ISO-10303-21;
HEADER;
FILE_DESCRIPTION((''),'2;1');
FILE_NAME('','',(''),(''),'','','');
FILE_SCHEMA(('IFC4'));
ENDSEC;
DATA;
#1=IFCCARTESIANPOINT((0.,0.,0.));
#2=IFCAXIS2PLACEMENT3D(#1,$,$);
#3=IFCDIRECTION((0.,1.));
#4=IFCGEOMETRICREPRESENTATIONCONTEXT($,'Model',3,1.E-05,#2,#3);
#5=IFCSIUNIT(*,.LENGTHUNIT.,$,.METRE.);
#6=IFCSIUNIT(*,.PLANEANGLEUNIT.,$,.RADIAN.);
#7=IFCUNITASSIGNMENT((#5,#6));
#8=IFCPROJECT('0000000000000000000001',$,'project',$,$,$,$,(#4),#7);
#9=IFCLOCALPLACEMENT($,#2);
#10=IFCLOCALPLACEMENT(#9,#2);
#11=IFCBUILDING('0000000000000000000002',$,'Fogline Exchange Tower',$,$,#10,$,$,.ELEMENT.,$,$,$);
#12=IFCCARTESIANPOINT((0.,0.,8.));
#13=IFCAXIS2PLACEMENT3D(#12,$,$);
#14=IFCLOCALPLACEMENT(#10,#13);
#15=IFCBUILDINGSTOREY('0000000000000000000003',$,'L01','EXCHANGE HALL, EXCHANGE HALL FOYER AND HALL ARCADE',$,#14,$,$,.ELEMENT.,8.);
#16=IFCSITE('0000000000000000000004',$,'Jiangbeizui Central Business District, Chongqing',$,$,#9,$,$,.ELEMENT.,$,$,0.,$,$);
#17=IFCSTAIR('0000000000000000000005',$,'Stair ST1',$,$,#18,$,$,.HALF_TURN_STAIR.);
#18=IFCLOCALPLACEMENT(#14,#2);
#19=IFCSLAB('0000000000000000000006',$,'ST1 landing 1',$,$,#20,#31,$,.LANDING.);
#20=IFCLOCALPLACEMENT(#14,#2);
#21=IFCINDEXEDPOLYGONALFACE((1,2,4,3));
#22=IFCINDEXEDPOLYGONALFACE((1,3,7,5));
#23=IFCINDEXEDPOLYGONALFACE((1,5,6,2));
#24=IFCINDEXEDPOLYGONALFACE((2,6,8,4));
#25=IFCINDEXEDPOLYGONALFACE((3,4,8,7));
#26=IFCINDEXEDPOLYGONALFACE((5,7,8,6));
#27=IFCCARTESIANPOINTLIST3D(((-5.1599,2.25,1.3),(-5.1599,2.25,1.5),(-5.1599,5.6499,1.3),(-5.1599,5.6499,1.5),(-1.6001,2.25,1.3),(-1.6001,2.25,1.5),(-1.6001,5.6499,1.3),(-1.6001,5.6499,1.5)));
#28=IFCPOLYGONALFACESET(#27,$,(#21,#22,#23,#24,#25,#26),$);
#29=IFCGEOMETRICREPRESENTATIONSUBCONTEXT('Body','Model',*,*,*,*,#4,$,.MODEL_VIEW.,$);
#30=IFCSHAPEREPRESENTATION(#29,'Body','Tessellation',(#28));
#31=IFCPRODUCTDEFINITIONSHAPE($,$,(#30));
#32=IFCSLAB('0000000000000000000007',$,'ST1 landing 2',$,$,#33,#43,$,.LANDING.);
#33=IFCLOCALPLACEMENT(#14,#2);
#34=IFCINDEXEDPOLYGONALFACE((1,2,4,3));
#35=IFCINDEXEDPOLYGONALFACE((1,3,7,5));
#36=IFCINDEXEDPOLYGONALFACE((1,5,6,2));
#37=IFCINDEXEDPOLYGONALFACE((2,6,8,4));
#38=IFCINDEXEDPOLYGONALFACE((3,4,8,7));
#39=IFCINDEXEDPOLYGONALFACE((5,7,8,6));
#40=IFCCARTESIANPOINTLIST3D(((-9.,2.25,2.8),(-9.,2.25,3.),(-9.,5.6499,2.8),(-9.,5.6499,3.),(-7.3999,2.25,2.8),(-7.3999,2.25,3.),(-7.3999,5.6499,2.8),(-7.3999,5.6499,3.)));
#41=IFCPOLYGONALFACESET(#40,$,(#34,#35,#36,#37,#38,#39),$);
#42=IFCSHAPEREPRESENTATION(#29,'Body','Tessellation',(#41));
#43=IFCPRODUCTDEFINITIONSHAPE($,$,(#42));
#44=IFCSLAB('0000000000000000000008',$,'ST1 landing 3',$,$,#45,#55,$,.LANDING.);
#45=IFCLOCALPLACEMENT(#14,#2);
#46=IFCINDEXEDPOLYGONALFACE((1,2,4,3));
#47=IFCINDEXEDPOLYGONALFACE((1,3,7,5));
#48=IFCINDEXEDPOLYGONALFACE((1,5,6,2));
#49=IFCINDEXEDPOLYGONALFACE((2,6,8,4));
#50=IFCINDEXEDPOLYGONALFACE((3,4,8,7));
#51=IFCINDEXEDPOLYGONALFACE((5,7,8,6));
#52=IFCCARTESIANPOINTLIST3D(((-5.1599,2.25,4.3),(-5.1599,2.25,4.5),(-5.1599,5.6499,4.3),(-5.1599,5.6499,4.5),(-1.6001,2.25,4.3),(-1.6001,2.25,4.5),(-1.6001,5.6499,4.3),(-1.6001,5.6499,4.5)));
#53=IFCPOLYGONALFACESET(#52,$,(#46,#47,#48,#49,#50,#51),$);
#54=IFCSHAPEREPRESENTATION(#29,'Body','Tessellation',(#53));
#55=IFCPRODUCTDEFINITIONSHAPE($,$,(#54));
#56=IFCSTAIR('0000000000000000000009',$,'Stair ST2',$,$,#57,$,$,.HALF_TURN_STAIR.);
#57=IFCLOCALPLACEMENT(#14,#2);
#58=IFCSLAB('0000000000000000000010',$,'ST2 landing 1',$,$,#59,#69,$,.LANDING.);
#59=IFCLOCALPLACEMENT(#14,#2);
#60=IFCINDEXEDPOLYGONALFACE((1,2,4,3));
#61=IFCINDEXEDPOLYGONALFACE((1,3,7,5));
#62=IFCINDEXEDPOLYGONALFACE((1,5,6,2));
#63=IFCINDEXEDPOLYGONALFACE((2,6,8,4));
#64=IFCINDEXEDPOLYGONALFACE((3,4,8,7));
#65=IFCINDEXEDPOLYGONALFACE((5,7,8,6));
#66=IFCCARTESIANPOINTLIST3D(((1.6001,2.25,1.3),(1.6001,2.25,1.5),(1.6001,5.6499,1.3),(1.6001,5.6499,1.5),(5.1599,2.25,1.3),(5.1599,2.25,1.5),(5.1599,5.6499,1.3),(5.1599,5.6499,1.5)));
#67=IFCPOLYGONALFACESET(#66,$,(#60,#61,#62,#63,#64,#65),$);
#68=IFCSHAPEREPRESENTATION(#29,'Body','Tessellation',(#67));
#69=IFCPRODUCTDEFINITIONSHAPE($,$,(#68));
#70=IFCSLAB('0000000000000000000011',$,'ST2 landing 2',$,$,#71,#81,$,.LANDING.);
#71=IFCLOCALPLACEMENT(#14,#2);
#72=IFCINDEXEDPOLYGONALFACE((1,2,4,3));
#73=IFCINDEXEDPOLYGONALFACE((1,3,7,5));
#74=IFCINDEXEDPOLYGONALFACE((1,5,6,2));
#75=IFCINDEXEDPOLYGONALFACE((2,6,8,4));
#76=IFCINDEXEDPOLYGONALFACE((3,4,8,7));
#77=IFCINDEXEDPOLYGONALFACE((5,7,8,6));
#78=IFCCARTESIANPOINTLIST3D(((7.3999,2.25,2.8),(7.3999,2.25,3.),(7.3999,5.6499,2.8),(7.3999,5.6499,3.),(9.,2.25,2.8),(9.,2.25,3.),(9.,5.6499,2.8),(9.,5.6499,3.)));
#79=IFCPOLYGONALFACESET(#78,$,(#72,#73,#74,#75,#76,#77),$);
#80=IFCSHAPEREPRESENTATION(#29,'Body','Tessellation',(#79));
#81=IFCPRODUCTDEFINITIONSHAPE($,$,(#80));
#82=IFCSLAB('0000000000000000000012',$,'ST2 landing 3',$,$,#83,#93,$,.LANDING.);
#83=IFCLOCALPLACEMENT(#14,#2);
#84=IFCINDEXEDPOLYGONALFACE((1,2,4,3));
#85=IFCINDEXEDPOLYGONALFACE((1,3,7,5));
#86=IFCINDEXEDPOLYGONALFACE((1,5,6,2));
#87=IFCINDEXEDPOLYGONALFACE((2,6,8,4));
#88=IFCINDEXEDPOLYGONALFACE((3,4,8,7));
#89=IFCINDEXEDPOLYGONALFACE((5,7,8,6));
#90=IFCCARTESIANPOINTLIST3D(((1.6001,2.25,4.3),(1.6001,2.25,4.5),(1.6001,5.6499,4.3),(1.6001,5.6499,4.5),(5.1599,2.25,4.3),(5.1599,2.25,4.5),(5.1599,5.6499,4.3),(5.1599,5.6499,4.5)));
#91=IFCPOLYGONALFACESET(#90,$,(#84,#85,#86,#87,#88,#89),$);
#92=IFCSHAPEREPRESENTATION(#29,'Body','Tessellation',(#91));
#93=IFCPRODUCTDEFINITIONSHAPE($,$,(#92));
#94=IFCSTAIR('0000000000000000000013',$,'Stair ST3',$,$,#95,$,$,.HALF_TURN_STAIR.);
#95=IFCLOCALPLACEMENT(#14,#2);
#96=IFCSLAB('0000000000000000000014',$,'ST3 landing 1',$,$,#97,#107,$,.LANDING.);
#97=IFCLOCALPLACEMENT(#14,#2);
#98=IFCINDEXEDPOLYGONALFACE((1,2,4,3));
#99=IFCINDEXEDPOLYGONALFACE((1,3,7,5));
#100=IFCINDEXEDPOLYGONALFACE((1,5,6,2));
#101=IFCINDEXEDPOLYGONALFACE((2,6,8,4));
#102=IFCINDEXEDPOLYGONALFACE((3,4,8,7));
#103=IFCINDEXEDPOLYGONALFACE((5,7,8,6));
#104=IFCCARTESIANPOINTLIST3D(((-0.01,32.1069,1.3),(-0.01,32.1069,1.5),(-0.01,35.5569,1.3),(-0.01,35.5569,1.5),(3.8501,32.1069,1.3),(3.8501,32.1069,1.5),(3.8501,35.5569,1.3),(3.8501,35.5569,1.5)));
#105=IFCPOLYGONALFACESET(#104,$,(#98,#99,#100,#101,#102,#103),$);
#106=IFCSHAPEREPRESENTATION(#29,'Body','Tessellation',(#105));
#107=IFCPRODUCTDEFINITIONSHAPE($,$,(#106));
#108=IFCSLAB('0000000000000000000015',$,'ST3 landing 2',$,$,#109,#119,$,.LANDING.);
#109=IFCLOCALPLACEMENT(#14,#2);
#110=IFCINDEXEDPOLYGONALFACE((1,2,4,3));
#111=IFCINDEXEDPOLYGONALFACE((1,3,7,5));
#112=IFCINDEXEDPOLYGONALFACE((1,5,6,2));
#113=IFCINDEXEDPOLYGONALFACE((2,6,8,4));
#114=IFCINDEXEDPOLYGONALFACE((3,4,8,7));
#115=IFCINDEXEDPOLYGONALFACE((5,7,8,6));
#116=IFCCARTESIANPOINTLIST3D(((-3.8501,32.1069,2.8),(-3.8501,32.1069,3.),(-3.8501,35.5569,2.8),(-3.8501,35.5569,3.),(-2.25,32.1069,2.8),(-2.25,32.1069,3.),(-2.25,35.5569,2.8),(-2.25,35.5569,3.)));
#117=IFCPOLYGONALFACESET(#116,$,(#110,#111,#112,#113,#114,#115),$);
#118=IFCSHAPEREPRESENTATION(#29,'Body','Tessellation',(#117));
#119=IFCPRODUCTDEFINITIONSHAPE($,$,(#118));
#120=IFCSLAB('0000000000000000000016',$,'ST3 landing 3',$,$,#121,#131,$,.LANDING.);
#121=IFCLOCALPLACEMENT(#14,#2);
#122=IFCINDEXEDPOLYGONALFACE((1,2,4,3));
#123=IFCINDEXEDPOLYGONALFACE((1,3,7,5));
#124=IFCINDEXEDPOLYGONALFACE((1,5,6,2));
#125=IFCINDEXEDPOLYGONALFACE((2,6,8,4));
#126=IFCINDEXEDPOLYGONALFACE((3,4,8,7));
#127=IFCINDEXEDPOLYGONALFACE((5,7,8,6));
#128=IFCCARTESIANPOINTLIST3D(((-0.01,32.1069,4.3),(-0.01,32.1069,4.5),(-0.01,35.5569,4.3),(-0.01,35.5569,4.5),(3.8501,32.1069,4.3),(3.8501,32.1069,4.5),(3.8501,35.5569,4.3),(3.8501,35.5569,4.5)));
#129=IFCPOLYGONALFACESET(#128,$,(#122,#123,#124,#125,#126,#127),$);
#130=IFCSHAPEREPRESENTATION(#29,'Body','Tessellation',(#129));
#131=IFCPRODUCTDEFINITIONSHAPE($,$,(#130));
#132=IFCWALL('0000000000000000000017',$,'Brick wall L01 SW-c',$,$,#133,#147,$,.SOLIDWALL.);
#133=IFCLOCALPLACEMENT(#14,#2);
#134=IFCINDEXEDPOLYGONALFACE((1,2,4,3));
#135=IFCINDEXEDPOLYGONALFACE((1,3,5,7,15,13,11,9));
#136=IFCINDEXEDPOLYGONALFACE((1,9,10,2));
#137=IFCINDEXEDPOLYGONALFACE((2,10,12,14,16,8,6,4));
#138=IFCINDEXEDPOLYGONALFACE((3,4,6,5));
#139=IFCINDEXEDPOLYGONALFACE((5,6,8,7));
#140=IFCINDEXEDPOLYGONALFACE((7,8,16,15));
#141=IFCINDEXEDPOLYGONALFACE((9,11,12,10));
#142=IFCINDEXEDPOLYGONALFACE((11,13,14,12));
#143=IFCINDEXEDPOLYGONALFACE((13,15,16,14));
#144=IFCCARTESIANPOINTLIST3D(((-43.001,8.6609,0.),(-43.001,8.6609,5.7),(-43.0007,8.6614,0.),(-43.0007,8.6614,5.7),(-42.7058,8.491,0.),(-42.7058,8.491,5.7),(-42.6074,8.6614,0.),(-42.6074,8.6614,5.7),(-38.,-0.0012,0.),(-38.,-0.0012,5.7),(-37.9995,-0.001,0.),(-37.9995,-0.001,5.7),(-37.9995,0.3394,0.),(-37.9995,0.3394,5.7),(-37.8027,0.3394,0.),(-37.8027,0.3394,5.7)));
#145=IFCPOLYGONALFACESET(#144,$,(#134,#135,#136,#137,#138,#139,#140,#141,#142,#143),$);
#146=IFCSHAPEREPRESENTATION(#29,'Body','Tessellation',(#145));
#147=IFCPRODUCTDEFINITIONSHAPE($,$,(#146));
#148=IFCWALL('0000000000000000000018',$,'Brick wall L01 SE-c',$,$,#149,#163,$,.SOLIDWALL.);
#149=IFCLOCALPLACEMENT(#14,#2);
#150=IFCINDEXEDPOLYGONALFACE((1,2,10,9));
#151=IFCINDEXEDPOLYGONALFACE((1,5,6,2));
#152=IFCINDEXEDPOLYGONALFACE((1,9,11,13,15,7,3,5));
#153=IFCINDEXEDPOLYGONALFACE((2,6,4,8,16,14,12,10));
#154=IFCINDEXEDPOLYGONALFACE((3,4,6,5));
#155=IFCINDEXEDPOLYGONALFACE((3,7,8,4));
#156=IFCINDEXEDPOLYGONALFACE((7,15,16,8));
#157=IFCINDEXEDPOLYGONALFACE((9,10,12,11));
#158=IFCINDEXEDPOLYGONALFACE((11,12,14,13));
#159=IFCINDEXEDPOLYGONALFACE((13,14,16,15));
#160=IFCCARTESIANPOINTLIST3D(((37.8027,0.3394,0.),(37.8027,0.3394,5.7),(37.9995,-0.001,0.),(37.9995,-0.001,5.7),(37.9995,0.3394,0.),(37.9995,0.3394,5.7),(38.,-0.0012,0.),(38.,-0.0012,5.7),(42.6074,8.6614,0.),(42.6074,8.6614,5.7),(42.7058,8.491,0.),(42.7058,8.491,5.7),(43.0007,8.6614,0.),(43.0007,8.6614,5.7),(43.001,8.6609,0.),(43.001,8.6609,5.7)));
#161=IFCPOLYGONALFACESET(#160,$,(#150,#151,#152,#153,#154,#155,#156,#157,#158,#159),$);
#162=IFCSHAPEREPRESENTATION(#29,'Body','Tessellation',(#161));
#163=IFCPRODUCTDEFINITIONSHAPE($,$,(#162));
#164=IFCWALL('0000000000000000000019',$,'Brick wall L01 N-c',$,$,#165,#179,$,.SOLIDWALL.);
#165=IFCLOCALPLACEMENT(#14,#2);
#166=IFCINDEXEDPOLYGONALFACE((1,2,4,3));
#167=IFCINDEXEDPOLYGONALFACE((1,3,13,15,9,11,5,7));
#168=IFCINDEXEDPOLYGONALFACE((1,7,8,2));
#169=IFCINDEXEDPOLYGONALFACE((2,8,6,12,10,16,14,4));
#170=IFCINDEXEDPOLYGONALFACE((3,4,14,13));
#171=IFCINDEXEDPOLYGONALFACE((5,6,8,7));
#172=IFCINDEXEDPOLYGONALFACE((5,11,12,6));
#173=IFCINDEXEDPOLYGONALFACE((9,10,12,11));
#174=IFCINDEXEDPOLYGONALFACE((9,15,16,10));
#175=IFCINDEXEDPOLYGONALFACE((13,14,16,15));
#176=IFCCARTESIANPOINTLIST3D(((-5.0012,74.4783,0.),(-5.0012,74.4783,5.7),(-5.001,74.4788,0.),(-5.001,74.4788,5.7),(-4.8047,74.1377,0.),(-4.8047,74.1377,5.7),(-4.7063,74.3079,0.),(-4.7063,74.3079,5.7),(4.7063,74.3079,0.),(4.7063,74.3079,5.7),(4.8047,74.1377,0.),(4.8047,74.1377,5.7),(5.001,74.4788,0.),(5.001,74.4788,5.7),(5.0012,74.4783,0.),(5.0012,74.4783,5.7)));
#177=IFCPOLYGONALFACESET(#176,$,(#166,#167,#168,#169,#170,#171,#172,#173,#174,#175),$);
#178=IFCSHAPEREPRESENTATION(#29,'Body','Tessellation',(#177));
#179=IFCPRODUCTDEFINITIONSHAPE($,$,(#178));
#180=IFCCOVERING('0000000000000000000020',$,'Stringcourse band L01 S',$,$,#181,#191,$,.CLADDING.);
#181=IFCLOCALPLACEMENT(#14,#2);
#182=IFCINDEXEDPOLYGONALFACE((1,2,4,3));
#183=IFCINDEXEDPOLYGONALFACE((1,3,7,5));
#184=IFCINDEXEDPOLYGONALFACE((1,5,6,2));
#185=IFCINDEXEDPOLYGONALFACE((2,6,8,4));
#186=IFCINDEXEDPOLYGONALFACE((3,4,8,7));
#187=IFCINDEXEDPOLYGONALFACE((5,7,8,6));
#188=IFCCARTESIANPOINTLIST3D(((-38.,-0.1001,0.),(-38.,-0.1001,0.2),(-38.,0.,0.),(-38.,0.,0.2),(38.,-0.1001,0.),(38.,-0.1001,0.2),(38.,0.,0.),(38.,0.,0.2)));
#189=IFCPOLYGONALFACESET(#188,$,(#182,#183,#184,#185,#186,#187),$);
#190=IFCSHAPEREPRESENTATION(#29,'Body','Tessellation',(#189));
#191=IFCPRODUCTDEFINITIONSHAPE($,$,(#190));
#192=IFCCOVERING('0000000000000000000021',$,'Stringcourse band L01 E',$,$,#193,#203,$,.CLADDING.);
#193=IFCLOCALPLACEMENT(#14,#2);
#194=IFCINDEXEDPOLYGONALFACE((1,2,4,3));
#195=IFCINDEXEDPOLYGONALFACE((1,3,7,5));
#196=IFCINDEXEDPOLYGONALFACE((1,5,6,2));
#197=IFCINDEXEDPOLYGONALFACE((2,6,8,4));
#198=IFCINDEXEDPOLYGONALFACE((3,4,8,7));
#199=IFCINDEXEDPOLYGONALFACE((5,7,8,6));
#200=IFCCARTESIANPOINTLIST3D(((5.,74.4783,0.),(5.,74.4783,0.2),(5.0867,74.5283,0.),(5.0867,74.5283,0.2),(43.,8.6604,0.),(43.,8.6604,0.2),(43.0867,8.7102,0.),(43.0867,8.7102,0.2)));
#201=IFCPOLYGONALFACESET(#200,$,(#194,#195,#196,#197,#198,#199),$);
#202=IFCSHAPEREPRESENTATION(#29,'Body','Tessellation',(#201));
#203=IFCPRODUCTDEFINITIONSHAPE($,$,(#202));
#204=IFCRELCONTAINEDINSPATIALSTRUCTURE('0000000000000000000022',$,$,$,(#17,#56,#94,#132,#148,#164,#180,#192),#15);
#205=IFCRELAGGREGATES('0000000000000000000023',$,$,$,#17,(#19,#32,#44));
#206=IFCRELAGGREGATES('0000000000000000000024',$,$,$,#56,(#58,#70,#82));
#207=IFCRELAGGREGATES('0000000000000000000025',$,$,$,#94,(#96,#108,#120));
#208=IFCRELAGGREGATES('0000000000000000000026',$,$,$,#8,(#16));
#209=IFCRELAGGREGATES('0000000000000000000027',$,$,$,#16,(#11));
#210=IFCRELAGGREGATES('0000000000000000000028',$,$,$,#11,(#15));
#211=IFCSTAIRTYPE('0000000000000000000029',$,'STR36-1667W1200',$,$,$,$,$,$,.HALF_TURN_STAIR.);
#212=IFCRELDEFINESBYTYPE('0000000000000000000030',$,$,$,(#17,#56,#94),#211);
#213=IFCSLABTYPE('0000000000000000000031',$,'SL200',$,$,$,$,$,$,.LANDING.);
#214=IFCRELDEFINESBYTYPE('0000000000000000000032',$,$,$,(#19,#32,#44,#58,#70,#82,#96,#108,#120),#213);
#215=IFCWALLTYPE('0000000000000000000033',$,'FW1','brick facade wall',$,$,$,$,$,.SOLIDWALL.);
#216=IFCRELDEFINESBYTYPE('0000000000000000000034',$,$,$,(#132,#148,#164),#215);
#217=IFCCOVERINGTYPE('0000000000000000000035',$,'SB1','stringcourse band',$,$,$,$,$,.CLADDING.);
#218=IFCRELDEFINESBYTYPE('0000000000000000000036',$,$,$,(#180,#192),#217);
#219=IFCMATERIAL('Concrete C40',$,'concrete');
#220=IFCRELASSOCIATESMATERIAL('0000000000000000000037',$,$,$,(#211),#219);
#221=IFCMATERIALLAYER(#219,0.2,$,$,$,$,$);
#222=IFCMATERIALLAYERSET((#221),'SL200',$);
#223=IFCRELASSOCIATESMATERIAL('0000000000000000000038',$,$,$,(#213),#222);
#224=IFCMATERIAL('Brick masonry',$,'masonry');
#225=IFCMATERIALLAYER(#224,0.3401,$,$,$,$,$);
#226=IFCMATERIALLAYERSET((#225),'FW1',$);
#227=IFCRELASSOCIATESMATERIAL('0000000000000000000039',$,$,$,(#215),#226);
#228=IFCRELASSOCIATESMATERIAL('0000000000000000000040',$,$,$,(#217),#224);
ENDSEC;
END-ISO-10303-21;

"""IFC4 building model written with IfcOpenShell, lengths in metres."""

from ifc_helpers import new_model, si_unit, direction, frame, origin, place, context, subcontext, project, spatial, polyline, outline, extrude, material, layer, layer_set, type_object, element, aggregate, save


model = new_model("IFC4")

# Units and contexts
model_context = context("Model", 3, precision=1e-05, world=origin(), true_north=direction((0.0, 1.0)))
body_context = subcontext(model_context, "Body", "Model", "MODEL_VIEW")
ifc_project = project(units=[si_unit("LENGTHUNIT", "METRE"), si_unit("PLANEANGLEUNIT", "RADIAN")], contexts=[model_context])

# Site, building, storey
site_placement = place(None, origin())
site = spatial("IfcSite", under=ifc_project, at=site_placement, Name="Jiangbeizui Central Business District, Chongqing", CompositionType="ELEMENT", RefElevation=0.0)
building_placement = place(site_placement, origin())
building = spatial("IfcBuilding", under=site, at=building_placement, Name="Fogline Exchange Tower", CompositionType="ELEMENT")
storey_placement = place(building_placement, frame((0.0, 0.0, 8.0)))
storey = spatial("IfcBuildingStorey", under=building, at=storey_placement, Name="L01", Description="EXCHANGE HALL, EXCHANGE HALL FOYER AND HALL ARCADE", CompositionType="ELEMENT", Elevation=8.0)

# Shared definitions
ifc_material_1 = material(Name="Concrete C40", Category="concrete")

# Stairs, slabs
stair_type_1 = type_object("IfcStairType", Name="STR36-1667W1200", PredefinedType="HALF_TURN_STAIR", material=ifc_material_1)
stair_1_placement = place(storey_placement, origin())
stair_1 = element("IfcStair", 1, at=stair_1_placement, inside=storey, type_object=stair_type_1, Name="Stair ST1", PredefinedType="HALF_TURN_STAIR")
ifc_layer_1 = layer(ifc_material_1, 0.2)
ifc_layer_set_1 = layer_set([ifc_layer_1], Name="SL200")
slab_type_1 = type_object("IfcSlabType", Name="SL200", PredefinedType="LANDING", material=ifc_layer_set_1)
slab_1_placement = place(storey_placement, frame((0.0, 0.0, 1.3)))
slab_1 = element("IfcSlab", 2, at=slab_1_placement, type_object=slab_type_1, Name="ST1 landing 1", PredefinedType="LANDING", context=body_context, shape_type="SweptSolid", body=[
    extrude(outline(polyline([(-5.1599, 2.25), (-1.6001, 2.25), (-1.6001, 5.6499), (-5.1599, 5.6499), (-5.1599, 2.25)])), origin(), (0.0, 0.0, 1.0), 0.2),
])
slab_2_placement = place(storey_placement, frame((0.0, 0.0, 2.8)))
slab_2 = element("IfcSlab", 3, at=slab_2_placement, type_object=slab_type_1, Name="ST1 landing 2", PredefinedType="LANDING", context=body_context, shape_type="SweptSolid", body=[
    extrude(outline(polyline([(-9.0, 2.25), (-7.3999, 2.25), (-7.3999, 5.6499), (-9.0, 5.6499), (-9.0, 2.25)])), origin(), (0.0, 0.0, 1.0), 0.2),
])
slab_3_placement = place(storey_placement, frame((0.0, 0.0, 4.3)))
slab_3 = element("IfcSlab", 4, at=slab_3_placement, type_object=slab_type_1, Name="ST1 landing 3", PredefinedType="LANDING", context=body_context, shape_type="SweptSolid", body=[
    extrude(outline(polyline([(-5.1599, 2.25), (-1.6001, 2.25), (-1.6001, 5.6499), (-5.1599, 5.6499), (-5.1599, 2.25)])), origin(), (0.0, 0.0, 1.0), 0.2),
])
aggregate(stair_1, [slab_1, slab_2, slab_3])
stair_2_placement = place(storey_placement, origin())
stair_2 = element("IfcStair", 5, at=stair_2_placement, inside=storey, type_object=stair_type_1, Name="Stair ST2", PredefinedType="HALF_TURN_STAIR")
slab_4_placement = place(storey_placement, frame((0.0, 0.0, 1.3)))
slab_4 = element("IfcSlab", 6, at=slab_4_placement, type_object=slab_type_1, Name="ST2 landing 1", PredefinedType="LANDING", context=body_context, shape_type="SweptSolid", body=[
    extrude(outline(polyline([(1.6001, 2.25), (5.1599, 2.25), (5.1599, 5.6499), (1.6001, 5.6499), (1.6001, 2.25)])), origin(), (0.0, 0.0, 1.0), 0.2),
])
slab_5_placement = place(storey_placement, frame((0.0, 0.0, 2.8)))
slab_5 = element("IfcSlab", 7, at=slab_5_placement, type_object=slab_type_1, Name="ST2 landing 2", PredefinedType="LANDING", context=body_context, shape_type="SweptSolid", body=[
    extrude(outline(polyline([(7.3999, 2.25), (9.0, 2.25), (9.0, 5.6499), (7.3999, 5.6499), (7.3999, 2.25)])), origin(), (0.0, 0.0, 1.0), 0.2),
])
slab_6_placement = place(storey_placement, frame((0.0, 0.0, 4.3)))
slab_6 = element("IfcSlab", 8, at=slab_6_placement, type_object=slab_type_1, Name="ST2 landing 3", PredefinedType="LANDING", context=body_context, shape_type="SweptSolid", body=[
    extrude(outline(polyline([(1.6001, 2.25), (5.1599, 2.25), (5.1599, 5.6499), (1.6001, 5.6499), (1.6001, 2.25)])), origin(), (0.0, 0.0, 1.0), 0.2),
])
aggregate(stair_2, [slab_4, slab_5, slab_6])
stair_3_placement = place(storey_placement, origin())
stair_3 = element("IfcStair", 9, at=stair_3_placement, inside=storey, type_object=stair_type_1, Name="Stair ST3", PredefinedType="HALF_TURN_STAIR")
slab_7_placement = place(storey_placement, frame((0.0, 0.0, 1.3)))
slab_7 = element("IfcSlab", 10, at=slab_7_placement, type_object=slab_type_1, Name="ST3 landing 1", PredefinedType="LANDING", context=body_context, shape_type="SweptSolid", body=[
    extrude(outline(polyline([(-0.01, 32.1069), (3.8501, 32.1069), (3.8501, 35.5569), (-0.01, 35.5569), (-0.01, 32.1069)])), origin(), (0.0, 0.0, 1.0), 0.2),
])
slab_8_placement = place(storey_placement, frame((0.0, 0.0, 2.8)))
slab_8 = element("IfcSlab", 11, at=slab_8_placement, type_object=slab_type_1, Name="ST3 landing 2", PredefinedType="LANDING", context=body_context, shape_type="SweptSolid", body=[
    extrude(outline(polyline([(-3.8501, 32.1069), (-2.25, 32.1069), (-2.25, 35.5569), (-3.8501, 35.5569), (-3.8501, 32.1069)])), origin(), (0.0, 0.0, 1.0), 0.2),
])
slab_9_placement = place(storey_placement, frame((0.0, 0.0, 4.3)))
slab_9 = element("IfcSlab", 12, at=slab_9_placement, type_object=slab_type_1, Name="ST3 landing 3", PredefinedType="LANDING", context=body_context, shape_type="SweptSolid", body=[
    extrude(outline(polyline([(-0.01, 32.1069), (3.8501, 32.1069), (3.8501, 35.5569), (-0.01, 35.5569), (-0.01, 32.1069)])), origin(), (0.0, 0.0, 1.0), 0.2),
])
aggregate(stair_3, [slab_7, slab_8, slab_9])

# Walls
ifc_material_2 = material(Name="Brick masonry", Category="masonry")
ifc_layer_2 = layer(ifc_material_2, 0.3401)
ifc_layer_set_2 = layer_set([ifc_layer_2], Name="FW1")
wall_type = type_object("IfcWallType", Name="FW1", Description="brick facade wall", PredefinedType="SOLIDWALL", material=ifc_layer_set_2)
wall_1_placement = place(storey_placement, origin())
element("IfcWall", 13, at=wall_1_placement, inside=storey, type_object=wall_type, Name="Brick wall L01 SW-c", PredefinedType="SOLIDWALL", context=body_context, shape_type="SweptSolid", body=[
    extrude(outline(polyline([(-43.0007, 8.6614), (-42.7058, 8.491), (-42.6074, 8.6614), (-37.8027, 0.3394), (-37.9995, 0.3394), (-37.9995, -0.001), (-38.0, -0.0012), (-43.001, 8.6609), (-43.0007, 8.6614)])), origin(), (0.0, 0.0, 1.0), 5.7),
])
wall_2_placement = place(storey_placement, origin())
element("IfcWall", 14, at=wall_2_placement, inside=storey, type_object=wall_type, Name="Brick wall L01 SE-c", PredefinedType="SOLIDWALL", context=body_context, shape_type="SweptSolid", body=[
    extrude(outline(polyline([(37.9995, -0.001), (37.9995, 0.3394), (37.8027, 0.3394), (42.6074, 8.6614), (42.7058, 8.491), (43.0007, 8.6614), (43.001, 8.6609), (38.0, -0.0012), (37.9995, -0.001)])), origin(), (0.0, 0.0, 1.0), 5.7),
])
wall_3_placement = place(storey_placement, origin())
element("IfcWall", 15, at=wall_3_placement, inside=storey, type_object=wall_type, Name="Brick wall L01 N-c", PredefinedType="SOLIDWALL", context=body_context, shape_type="SweptSolid", body=[
    extrude(outline(polyline([(5.0012, 74.4783), (4.7063, 74.3079), (4.8047, 74.1377), (-4.8047, 74.1377), (-4.7063, 74.3079), (-5.0012, 74.4783), (-5.001, 74.4788), (5.001, 74.4788), (5.0012, 74.4783)])), origin(), (0.0, 0.0, 1.0), 5.7),
])

# Coverings
covering_type = type_object("IfcCoveringType", Name="SB1", Description="stringcourse band", PredefinedType="CLADDING", material=ifc_material_2)
covering_1_placement = place(storey_placement, origin())
element("IfcCovering", 16, at=covering_1_placement, inside=storey, type_object=covering_type, Name="Stringcourse band L01 S", PredefinedType="CLADDING", context=body_context, shape_type="SweptSolid", body=[
    extrude(outline(polyline([(-38.0, 0.0), (-38.0, -0.1001), (38.0, -0.1001), (38.0, 0.0), (-38.0, 0.0)])), origin(), (0.0, 0.0, 1.0), 0.2),
])
covering_2_placement = place(storey_placement, origin())
element("IfcCovering", 17, at=covering_2_placement, inside=storey, type_object=covering_type, Name="Stringcourse band L01 E", PredefinedType="CLADDING", context=body_context, shape_type="SweptSolid", body=[
    extrude(outline(polyline([(43.0, 8.6604), (43.0867, 8.7102), (5.0867, 74.5283), (5.0, 74.4783), (43.0, 8.6604)])), origin(), (0.0, 0.0, 1.0), 0.2),
])

save(model, "model.ifc")
